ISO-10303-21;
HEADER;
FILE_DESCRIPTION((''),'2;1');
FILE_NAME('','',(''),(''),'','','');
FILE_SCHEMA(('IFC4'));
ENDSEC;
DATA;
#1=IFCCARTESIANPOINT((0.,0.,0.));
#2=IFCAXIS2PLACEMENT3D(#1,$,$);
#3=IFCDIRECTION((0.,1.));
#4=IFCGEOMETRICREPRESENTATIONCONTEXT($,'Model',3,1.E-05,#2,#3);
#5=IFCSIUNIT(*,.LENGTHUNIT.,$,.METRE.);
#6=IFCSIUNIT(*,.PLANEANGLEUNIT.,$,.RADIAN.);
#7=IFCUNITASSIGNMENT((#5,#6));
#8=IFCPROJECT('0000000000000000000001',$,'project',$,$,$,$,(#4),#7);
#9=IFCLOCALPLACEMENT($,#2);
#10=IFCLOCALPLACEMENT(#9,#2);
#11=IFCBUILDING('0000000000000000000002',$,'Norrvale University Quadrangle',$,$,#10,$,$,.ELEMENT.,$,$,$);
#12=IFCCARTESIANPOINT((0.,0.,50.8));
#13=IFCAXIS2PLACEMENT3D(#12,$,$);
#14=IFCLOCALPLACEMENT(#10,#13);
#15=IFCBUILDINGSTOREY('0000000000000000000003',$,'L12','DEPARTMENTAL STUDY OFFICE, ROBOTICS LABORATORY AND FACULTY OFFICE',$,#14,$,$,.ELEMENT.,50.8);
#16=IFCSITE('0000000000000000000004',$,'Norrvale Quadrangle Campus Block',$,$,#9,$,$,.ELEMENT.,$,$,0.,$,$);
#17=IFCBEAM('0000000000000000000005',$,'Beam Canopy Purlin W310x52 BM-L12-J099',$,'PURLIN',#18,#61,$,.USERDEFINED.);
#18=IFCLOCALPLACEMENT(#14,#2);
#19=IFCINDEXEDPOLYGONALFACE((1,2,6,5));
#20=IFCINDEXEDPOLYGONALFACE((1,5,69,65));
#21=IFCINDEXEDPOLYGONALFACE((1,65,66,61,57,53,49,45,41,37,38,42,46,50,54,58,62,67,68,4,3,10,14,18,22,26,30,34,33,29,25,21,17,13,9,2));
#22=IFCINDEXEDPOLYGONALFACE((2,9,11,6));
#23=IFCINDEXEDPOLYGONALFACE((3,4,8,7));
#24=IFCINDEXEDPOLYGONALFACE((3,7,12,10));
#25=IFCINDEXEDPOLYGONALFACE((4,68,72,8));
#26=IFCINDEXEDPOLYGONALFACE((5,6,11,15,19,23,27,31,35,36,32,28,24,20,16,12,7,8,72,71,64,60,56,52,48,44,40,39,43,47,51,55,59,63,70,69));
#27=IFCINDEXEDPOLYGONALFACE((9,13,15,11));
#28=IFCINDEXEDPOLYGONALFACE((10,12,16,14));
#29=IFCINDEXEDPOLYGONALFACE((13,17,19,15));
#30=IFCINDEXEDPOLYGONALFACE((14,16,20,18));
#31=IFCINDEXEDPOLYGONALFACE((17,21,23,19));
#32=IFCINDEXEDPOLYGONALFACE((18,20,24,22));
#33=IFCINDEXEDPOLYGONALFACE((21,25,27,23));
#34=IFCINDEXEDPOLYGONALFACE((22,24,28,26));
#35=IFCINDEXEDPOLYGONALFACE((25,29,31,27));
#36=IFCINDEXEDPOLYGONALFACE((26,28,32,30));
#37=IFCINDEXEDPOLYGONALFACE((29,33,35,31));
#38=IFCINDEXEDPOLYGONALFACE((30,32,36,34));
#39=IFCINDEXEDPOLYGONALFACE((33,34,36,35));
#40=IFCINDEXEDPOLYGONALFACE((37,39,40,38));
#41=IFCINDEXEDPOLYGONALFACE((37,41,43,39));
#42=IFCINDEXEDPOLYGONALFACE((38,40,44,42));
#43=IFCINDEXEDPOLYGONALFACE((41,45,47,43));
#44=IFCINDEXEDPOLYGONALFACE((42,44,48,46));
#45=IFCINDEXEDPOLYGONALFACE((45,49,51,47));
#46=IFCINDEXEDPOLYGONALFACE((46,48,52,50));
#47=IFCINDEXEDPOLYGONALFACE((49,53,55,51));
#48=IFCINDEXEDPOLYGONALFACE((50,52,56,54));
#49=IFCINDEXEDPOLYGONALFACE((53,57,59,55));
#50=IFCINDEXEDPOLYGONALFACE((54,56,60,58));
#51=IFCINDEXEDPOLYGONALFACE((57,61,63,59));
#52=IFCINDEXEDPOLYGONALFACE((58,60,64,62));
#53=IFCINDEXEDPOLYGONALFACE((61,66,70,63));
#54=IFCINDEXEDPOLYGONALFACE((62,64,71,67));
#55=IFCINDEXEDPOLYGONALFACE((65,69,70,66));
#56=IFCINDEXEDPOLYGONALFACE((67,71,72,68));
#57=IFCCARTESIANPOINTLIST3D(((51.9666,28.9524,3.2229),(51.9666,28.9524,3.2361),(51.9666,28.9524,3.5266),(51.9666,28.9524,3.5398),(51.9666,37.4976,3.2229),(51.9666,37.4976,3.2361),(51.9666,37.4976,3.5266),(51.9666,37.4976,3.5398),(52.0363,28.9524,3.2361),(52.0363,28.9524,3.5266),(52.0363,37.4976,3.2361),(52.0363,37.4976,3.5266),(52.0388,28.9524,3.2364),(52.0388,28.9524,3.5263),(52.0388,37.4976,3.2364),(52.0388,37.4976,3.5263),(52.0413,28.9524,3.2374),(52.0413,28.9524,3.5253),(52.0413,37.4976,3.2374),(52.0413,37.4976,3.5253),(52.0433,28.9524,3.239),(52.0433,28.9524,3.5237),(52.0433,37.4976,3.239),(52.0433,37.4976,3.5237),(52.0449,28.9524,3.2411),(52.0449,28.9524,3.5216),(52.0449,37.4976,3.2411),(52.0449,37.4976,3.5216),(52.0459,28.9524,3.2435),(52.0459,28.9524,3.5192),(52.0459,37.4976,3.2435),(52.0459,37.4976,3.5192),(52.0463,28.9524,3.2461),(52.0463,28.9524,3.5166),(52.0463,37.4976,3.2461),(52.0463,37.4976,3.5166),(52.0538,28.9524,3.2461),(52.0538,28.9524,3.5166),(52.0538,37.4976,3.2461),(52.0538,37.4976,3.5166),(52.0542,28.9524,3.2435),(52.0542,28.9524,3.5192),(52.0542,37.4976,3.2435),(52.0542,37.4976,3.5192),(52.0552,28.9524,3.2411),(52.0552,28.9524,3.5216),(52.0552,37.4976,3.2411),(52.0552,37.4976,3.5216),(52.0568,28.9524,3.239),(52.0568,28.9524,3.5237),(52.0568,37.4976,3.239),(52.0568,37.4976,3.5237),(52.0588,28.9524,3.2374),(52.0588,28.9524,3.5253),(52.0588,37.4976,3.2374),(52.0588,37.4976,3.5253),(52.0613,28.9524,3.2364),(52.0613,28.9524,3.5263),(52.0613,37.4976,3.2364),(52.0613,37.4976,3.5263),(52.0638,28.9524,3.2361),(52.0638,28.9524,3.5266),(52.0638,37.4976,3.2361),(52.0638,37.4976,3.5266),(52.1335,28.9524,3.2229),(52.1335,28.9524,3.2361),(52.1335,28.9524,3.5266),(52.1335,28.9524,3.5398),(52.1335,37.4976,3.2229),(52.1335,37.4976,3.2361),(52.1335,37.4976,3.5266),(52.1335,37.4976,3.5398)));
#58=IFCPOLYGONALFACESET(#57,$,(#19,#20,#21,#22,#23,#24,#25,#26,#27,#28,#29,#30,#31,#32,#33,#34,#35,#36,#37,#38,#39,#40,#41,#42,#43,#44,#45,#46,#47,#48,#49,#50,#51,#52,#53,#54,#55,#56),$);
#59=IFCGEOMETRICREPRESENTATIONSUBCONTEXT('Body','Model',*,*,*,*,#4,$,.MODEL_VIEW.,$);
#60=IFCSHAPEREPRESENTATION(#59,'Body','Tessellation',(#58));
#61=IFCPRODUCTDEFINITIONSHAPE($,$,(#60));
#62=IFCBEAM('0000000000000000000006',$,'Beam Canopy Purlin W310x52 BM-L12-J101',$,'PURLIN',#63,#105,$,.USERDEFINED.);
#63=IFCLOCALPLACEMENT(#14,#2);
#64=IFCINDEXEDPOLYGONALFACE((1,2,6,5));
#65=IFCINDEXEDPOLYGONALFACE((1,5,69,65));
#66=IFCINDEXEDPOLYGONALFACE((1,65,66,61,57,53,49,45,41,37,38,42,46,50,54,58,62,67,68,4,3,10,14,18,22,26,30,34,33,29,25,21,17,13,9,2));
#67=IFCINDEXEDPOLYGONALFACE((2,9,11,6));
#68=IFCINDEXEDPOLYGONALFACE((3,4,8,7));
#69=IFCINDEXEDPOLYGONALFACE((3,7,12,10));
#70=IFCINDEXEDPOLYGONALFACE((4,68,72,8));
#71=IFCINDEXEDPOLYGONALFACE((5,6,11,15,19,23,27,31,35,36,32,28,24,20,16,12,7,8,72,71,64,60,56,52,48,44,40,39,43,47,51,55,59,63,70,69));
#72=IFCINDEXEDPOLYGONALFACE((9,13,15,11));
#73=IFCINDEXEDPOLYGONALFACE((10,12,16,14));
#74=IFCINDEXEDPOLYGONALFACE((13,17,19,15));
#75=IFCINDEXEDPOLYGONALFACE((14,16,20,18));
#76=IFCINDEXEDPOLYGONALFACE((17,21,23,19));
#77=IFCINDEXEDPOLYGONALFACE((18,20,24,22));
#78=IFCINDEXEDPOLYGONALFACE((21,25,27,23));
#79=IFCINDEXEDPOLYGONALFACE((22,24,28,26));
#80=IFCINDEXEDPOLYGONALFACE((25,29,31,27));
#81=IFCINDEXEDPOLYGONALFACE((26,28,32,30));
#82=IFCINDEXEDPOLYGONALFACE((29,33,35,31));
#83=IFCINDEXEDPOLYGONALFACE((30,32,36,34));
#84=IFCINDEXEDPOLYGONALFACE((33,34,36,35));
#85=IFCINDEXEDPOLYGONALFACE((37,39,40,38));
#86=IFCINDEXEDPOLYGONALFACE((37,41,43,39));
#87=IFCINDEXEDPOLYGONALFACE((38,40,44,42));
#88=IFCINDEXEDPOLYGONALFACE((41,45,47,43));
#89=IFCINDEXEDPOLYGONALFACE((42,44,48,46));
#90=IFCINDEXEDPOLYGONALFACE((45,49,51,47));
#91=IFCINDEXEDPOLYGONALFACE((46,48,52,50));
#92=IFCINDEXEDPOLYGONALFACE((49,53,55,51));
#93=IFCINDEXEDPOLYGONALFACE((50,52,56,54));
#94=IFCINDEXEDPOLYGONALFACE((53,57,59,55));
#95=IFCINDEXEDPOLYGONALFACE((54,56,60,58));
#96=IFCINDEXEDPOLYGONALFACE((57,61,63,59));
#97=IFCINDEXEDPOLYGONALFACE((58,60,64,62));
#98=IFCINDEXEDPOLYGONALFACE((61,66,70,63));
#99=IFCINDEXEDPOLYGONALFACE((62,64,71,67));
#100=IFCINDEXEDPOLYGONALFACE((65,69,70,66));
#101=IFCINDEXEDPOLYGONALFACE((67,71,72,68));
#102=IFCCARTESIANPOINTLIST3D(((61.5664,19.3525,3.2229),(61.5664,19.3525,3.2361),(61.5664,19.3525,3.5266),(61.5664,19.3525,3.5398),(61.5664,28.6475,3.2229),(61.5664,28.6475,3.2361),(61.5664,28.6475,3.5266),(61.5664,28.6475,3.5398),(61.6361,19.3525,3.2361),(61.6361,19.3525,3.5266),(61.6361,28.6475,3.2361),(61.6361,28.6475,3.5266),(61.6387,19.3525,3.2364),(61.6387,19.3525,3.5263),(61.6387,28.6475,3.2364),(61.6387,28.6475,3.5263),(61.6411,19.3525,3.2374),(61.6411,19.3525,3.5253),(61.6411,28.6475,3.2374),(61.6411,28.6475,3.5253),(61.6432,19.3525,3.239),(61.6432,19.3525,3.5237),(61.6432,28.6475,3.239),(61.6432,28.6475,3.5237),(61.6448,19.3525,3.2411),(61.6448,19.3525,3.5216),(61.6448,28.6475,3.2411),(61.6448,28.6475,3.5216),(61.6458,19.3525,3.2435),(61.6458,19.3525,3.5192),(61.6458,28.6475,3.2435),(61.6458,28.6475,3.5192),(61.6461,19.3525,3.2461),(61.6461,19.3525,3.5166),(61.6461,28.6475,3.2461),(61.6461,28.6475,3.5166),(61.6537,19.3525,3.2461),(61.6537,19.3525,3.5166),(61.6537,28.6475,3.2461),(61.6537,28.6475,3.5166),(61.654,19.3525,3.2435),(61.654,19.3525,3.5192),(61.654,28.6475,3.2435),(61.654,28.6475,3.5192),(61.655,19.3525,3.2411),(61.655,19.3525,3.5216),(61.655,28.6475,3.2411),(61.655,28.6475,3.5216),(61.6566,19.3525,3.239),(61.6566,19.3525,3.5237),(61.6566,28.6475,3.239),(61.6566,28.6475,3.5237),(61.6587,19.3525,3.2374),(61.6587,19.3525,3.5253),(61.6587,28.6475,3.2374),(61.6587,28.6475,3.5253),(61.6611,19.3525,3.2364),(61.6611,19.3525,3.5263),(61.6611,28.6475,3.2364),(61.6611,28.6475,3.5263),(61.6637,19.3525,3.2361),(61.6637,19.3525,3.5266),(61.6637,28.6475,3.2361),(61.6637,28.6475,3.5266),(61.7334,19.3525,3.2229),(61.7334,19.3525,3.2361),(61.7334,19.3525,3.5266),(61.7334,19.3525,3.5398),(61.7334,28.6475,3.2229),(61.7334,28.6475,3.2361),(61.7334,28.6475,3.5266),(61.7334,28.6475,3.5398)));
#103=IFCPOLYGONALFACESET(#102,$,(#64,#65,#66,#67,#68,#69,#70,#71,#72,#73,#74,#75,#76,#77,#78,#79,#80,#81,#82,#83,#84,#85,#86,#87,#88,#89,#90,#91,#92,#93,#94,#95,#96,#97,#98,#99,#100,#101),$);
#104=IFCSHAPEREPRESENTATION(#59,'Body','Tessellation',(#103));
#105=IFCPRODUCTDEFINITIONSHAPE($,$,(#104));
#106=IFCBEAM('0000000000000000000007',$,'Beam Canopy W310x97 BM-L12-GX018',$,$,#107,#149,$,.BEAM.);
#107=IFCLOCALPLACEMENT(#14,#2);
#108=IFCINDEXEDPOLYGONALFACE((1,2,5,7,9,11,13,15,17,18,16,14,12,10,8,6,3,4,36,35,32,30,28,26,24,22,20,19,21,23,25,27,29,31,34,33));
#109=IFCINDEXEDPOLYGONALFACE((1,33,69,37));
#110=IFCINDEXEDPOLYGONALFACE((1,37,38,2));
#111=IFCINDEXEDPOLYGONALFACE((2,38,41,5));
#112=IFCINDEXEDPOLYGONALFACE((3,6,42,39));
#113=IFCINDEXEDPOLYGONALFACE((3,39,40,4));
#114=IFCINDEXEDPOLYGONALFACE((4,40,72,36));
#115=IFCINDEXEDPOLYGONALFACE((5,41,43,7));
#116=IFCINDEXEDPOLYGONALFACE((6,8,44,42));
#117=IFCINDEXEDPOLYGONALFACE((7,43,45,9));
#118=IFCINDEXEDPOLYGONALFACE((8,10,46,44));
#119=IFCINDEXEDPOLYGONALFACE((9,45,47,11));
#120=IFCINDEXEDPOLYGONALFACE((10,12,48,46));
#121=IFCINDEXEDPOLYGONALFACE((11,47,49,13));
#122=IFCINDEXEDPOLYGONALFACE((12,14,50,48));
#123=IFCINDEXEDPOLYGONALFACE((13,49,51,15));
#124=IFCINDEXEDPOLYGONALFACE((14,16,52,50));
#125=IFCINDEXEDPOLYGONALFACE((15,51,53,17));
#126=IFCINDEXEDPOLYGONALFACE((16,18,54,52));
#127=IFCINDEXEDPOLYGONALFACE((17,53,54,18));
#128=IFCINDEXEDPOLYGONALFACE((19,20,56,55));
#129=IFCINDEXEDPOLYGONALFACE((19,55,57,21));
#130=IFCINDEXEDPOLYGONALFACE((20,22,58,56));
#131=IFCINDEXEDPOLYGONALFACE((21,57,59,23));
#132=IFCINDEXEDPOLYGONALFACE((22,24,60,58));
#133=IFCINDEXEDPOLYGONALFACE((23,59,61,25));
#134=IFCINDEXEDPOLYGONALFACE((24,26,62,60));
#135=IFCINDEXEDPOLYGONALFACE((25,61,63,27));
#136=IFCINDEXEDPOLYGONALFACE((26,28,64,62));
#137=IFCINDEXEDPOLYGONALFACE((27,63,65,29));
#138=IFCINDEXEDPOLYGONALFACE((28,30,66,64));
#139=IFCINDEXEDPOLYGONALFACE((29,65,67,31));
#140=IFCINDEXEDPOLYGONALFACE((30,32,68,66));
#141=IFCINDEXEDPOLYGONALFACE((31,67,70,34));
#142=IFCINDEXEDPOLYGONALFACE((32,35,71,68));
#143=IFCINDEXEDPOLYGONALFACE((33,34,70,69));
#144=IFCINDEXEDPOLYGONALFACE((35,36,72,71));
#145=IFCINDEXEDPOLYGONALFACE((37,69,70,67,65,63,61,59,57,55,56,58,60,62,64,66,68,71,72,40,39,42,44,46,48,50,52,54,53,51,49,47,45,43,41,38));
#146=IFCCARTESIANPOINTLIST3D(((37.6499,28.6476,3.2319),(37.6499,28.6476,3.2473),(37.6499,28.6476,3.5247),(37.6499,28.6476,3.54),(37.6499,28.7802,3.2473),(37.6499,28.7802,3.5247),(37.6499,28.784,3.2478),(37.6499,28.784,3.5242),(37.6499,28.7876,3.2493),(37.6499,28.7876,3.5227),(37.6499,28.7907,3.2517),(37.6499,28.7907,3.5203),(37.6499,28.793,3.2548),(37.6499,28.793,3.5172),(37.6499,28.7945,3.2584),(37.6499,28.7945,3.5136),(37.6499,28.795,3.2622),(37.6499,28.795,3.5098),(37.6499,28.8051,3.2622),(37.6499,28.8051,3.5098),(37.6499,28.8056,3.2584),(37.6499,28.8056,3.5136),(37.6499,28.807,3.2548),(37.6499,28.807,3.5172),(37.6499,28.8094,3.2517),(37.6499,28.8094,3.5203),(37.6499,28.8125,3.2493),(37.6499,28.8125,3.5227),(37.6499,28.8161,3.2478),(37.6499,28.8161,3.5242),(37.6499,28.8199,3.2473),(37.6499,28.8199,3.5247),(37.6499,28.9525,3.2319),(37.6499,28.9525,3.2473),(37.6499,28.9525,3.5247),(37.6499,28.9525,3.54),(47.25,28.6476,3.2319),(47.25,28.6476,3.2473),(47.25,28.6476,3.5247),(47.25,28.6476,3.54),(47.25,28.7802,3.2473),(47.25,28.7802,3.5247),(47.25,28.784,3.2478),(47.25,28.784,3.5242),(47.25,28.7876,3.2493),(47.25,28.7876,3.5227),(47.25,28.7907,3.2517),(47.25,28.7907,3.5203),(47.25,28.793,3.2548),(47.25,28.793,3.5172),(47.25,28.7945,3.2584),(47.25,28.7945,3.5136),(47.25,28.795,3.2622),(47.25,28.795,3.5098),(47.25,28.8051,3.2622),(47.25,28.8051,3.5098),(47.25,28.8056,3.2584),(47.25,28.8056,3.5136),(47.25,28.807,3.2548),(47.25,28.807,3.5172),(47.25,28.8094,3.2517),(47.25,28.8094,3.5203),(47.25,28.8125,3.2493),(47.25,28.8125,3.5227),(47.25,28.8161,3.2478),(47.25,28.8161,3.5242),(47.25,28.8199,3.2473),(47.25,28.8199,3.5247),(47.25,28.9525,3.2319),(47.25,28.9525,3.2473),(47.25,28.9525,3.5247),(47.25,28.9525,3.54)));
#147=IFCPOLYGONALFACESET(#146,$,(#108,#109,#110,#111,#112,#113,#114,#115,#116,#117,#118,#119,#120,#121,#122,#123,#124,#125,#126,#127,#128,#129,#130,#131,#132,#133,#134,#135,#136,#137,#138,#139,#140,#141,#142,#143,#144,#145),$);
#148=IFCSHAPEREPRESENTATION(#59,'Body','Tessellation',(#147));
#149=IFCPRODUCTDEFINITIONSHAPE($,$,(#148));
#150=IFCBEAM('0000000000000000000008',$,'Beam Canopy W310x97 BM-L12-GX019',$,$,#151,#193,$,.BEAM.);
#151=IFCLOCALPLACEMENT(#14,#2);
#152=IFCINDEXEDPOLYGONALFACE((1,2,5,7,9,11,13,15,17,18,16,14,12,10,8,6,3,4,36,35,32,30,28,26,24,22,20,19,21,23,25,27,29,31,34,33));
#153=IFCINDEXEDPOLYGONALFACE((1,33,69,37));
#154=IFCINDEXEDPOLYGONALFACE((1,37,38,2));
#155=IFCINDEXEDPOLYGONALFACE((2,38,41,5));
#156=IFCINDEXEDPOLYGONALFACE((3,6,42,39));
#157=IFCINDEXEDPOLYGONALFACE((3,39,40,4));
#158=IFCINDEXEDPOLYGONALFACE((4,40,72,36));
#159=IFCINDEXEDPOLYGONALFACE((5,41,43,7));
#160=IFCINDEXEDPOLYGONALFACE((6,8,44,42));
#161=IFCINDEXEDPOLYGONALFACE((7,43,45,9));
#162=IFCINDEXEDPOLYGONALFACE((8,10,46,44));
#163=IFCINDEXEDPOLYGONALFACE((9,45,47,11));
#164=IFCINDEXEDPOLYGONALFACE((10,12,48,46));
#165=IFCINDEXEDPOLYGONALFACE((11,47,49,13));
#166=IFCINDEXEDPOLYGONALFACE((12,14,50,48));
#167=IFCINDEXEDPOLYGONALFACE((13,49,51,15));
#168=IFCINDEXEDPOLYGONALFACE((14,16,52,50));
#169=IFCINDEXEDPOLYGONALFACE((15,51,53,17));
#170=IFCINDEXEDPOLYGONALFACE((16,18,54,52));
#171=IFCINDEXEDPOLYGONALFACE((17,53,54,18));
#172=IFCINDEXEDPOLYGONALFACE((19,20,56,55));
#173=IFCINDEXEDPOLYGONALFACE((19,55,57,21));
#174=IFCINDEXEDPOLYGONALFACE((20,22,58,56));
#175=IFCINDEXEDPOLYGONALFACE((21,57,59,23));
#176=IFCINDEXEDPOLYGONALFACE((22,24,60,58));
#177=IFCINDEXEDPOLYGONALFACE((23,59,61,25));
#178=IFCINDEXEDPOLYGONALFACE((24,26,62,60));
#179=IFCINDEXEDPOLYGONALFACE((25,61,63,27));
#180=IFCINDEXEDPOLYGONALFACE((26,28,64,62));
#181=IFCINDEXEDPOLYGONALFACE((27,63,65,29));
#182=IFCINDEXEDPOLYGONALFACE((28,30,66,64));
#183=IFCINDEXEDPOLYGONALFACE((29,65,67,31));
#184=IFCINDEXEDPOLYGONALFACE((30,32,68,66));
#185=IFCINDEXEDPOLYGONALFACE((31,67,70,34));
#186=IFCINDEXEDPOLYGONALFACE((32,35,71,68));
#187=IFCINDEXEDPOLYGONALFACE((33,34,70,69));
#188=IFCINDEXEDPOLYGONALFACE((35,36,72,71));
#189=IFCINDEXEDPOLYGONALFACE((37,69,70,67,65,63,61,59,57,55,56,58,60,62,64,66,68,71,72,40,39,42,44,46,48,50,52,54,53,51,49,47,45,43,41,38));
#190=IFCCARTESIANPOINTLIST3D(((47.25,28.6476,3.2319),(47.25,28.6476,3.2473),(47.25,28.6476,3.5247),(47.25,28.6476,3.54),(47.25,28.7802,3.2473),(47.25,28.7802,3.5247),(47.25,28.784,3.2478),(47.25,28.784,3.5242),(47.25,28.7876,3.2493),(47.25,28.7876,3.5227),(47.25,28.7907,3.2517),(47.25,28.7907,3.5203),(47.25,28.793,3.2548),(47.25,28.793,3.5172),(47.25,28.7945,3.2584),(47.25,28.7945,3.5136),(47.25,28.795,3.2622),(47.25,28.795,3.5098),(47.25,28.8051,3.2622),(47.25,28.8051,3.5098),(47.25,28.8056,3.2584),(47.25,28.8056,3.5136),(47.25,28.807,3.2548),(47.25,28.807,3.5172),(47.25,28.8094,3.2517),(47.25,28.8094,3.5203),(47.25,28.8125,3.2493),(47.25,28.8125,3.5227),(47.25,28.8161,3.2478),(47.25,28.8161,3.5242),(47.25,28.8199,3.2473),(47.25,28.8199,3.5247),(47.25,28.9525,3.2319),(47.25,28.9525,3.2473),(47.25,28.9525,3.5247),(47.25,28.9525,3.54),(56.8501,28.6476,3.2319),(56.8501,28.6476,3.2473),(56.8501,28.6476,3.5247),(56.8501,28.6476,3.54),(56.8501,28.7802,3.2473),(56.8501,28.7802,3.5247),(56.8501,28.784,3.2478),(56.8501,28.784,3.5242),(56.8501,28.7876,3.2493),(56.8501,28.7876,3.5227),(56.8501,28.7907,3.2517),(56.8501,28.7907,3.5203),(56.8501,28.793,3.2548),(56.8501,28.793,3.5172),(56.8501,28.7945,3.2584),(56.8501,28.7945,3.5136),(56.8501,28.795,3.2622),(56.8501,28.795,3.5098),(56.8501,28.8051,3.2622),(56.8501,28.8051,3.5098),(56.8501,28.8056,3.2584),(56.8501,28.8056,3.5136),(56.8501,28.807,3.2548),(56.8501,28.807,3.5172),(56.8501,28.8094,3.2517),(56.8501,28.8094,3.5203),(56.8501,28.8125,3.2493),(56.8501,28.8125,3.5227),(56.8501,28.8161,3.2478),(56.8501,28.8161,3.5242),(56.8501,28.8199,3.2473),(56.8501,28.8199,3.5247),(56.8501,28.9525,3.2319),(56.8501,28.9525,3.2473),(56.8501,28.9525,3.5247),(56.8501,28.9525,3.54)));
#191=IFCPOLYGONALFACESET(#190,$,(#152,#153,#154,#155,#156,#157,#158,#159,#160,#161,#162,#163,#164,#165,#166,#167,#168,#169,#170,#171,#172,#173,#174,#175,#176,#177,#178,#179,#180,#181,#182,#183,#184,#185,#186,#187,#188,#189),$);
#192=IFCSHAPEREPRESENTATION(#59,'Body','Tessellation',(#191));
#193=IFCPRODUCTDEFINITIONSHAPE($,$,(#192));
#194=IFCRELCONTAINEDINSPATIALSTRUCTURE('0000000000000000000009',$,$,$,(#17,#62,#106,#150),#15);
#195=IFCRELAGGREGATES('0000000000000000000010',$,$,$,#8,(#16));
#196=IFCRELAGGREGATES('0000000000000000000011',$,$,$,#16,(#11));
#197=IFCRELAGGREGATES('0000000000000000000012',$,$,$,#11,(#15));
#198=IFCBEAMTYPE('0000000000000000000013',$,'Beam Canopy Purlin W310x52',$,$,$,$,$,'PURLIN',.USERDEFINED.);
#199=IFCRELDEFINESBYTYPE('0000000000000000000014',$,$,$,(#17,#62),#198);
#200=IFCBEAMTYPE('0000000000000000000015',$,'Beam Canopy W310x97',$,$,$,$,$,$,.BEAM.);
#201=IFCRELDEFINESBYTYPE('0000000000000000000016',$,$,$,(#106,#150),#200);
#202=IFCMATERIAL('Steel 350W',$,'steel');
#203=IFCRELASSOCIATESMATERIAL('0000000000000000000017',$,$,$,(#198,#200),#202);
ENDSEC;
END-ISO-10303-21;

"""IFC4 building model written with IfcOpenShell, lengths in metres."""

from ifc_helpers import new_model, si_unit, direction, frame, origin, origin_2d, place, context, subcontext, project, spatial, i_section, extrude, material, material_profile, profile_set, type_object, element, save


model = new_model("IFC4")

# Units and contexts
model_context = context("Model", 3, precision=1e-05, world=origin(), true_north=direction((0.0, 1.0)))
body_context = subcontext(model_context, "Body", "Model", "MODEL_VIEW")
ifc_project = project(units=[si_unit("LENGTHUNIT", "METRE"), si_unit("PLANEANGLEUNIT", "RADIAN")], contexts=[model_context])

# Site, building, storey
site_placement = place(None, origin())
site = spatial("IfcSite", under=ifc_project, at=site_placement, Name="Norrvale Quadrangle Campus Block", CompositionType="ELEMENT", RefElevation=0.0)
building_placement = place(site_placement, origin())
building = spatial("IfcBuilding", under=site, at=building_placement, Name="Norrvale University Quadrangle", CompositionType="ELEMENT")
storey_placement = place(building_placement, frame((0.0, 0.0, 50.8)))
storey = spatial("IfcBuildingStorey", under=building, at=storey_placement, Name="L12", Description="DEPARTMENTAL STUDY OFFICE, ROBOTICS LABORATORY AND FACULTY OFFICE", CompositionType="ELEMENT", Elevation=50.8)

# Beams
ifc_material_1 = material(Name="Steel 350W", Category="steel")
ifc_material_profile_1 = material_profile(ifc_material_1, i_section(OverallWidth=0.167, OverallDepth=0.3169, WebThickness=0.0076, FlangeThickness=0.0132, FilletRadius=0.01, at=origin_2d()), Name="Steel 350W")
ifc_profile_set_1 = profile_set([ifc_material_profile_1], Name="Steel 350W")
beam_type_1 = type_object("IfcBeamType", Name="Beam Canopy Purlin W310x52", ElementType="PURLIN", PredefinedType="USERDEFINED", material=ifc_profile_set_1)
for number, where, z_axis, x_axis, name in (
    (1, (52.05, 28.9524, 3.3813), (0.0, 1.0, 0.0), (-1.0, 0.0, 0.0), "Beam Canopy Purlin W310x52 BM-L12-J099"),
):
    element("IfcBeam", number, at=place(storey_placement, frame(where, z_axis=z_axis, x_axis=x_axis)), inside=storey, type_object=beam_type_1, Name=name, ObjectType="PURLIN", PredefinedType="USERDEFINED", context=body_context, shape_type="SweptSolid", body=[
        extrude(i_section(OverallWidth=0.167, OverallDepth=0.3169, WebThickness=0.0076, FlangeThickness=0.0132, FilletRadius=0.01, at=origin_2d()), origin(), (0.0, 0.0, 1.0), 8.5452),
    ])
beam_1_placement = place(storey_placement, frame((61.6499, 19.3525, 3.3813), z_axis=(0.0, 1.0, 0.0), x_axis=(-1.0, 0.0, 0.0)))
element("IfcBeam", 2, at=beam_1_placement, inside=storey, type_object=beam_type_1, Name="Beam Canopy Purlin W310x52 BM-L12-J101", ObjectType="PURLIN", PredefinedType="USERDEFINED", context=body_context, shape_type="SweptSolid", body=[
    extrude(i_section(OverallWidth=0.167, OverallDepth=0.3169, WebThickness=0.0076, FlangeThickness=0.0132, FilletRadius=0.01, at=origin_2d()), origin(), (0.0, 0.0, 1.0), 9.2949),
])
ifc_material_profile_2 = material_profile(ifc_material_1, i_section(OverallWidth=0.3049, OverallDepth=0.3081, WebThickness=0.01, FlangeThickness=0.0154, FilletRadius=0.0149, at=origin_2d()), Name="Steel 350W")
ifc_profile_set_2 = profile_set([ifc_material_profile_2], Name="Steel 350W")
beam_type_2 = type_object("IfcBeamType", Name="Beam Canopy W310x97", PredefinedType="BEAM", material=ifc_profile_set_2)
for number, where, z_axis, x_axis, name in (
    (3, (37.6499, 28.8, 3.386), (1.0, 0.0, 0.0), (0.0, 1.0, 0.0), "Beam Canopy W310x97 BM-L12-GX018"),
    (4, (47.25, 28.8, 3.386), (1.0, 0.0, 0.0), (0.0, 1.0, 0.0), "Beam Canopy W310x97 BM-L12-GX019"),
):
    element("IfcBeam", number, at=place(storey_placement, frame(where, z_axis=z_axis, x_axis=x_axis)), inside=storey, type_object=beam_type_2, Name=name, PredefinedType="BEAM", context=body_context, shape_type="SweptSolid", body=[
        extrude(i_section(OverallWidth=0.3049, OverallDepth=0.3081, WebThickness=0.01, FlangeThickness=0.0154, FilletRadius=0.0149, at=origin_2d()), origin(), (0.0, 0.0, 1.0), 9.6001),
    ])

save(model, "model.ifc")
